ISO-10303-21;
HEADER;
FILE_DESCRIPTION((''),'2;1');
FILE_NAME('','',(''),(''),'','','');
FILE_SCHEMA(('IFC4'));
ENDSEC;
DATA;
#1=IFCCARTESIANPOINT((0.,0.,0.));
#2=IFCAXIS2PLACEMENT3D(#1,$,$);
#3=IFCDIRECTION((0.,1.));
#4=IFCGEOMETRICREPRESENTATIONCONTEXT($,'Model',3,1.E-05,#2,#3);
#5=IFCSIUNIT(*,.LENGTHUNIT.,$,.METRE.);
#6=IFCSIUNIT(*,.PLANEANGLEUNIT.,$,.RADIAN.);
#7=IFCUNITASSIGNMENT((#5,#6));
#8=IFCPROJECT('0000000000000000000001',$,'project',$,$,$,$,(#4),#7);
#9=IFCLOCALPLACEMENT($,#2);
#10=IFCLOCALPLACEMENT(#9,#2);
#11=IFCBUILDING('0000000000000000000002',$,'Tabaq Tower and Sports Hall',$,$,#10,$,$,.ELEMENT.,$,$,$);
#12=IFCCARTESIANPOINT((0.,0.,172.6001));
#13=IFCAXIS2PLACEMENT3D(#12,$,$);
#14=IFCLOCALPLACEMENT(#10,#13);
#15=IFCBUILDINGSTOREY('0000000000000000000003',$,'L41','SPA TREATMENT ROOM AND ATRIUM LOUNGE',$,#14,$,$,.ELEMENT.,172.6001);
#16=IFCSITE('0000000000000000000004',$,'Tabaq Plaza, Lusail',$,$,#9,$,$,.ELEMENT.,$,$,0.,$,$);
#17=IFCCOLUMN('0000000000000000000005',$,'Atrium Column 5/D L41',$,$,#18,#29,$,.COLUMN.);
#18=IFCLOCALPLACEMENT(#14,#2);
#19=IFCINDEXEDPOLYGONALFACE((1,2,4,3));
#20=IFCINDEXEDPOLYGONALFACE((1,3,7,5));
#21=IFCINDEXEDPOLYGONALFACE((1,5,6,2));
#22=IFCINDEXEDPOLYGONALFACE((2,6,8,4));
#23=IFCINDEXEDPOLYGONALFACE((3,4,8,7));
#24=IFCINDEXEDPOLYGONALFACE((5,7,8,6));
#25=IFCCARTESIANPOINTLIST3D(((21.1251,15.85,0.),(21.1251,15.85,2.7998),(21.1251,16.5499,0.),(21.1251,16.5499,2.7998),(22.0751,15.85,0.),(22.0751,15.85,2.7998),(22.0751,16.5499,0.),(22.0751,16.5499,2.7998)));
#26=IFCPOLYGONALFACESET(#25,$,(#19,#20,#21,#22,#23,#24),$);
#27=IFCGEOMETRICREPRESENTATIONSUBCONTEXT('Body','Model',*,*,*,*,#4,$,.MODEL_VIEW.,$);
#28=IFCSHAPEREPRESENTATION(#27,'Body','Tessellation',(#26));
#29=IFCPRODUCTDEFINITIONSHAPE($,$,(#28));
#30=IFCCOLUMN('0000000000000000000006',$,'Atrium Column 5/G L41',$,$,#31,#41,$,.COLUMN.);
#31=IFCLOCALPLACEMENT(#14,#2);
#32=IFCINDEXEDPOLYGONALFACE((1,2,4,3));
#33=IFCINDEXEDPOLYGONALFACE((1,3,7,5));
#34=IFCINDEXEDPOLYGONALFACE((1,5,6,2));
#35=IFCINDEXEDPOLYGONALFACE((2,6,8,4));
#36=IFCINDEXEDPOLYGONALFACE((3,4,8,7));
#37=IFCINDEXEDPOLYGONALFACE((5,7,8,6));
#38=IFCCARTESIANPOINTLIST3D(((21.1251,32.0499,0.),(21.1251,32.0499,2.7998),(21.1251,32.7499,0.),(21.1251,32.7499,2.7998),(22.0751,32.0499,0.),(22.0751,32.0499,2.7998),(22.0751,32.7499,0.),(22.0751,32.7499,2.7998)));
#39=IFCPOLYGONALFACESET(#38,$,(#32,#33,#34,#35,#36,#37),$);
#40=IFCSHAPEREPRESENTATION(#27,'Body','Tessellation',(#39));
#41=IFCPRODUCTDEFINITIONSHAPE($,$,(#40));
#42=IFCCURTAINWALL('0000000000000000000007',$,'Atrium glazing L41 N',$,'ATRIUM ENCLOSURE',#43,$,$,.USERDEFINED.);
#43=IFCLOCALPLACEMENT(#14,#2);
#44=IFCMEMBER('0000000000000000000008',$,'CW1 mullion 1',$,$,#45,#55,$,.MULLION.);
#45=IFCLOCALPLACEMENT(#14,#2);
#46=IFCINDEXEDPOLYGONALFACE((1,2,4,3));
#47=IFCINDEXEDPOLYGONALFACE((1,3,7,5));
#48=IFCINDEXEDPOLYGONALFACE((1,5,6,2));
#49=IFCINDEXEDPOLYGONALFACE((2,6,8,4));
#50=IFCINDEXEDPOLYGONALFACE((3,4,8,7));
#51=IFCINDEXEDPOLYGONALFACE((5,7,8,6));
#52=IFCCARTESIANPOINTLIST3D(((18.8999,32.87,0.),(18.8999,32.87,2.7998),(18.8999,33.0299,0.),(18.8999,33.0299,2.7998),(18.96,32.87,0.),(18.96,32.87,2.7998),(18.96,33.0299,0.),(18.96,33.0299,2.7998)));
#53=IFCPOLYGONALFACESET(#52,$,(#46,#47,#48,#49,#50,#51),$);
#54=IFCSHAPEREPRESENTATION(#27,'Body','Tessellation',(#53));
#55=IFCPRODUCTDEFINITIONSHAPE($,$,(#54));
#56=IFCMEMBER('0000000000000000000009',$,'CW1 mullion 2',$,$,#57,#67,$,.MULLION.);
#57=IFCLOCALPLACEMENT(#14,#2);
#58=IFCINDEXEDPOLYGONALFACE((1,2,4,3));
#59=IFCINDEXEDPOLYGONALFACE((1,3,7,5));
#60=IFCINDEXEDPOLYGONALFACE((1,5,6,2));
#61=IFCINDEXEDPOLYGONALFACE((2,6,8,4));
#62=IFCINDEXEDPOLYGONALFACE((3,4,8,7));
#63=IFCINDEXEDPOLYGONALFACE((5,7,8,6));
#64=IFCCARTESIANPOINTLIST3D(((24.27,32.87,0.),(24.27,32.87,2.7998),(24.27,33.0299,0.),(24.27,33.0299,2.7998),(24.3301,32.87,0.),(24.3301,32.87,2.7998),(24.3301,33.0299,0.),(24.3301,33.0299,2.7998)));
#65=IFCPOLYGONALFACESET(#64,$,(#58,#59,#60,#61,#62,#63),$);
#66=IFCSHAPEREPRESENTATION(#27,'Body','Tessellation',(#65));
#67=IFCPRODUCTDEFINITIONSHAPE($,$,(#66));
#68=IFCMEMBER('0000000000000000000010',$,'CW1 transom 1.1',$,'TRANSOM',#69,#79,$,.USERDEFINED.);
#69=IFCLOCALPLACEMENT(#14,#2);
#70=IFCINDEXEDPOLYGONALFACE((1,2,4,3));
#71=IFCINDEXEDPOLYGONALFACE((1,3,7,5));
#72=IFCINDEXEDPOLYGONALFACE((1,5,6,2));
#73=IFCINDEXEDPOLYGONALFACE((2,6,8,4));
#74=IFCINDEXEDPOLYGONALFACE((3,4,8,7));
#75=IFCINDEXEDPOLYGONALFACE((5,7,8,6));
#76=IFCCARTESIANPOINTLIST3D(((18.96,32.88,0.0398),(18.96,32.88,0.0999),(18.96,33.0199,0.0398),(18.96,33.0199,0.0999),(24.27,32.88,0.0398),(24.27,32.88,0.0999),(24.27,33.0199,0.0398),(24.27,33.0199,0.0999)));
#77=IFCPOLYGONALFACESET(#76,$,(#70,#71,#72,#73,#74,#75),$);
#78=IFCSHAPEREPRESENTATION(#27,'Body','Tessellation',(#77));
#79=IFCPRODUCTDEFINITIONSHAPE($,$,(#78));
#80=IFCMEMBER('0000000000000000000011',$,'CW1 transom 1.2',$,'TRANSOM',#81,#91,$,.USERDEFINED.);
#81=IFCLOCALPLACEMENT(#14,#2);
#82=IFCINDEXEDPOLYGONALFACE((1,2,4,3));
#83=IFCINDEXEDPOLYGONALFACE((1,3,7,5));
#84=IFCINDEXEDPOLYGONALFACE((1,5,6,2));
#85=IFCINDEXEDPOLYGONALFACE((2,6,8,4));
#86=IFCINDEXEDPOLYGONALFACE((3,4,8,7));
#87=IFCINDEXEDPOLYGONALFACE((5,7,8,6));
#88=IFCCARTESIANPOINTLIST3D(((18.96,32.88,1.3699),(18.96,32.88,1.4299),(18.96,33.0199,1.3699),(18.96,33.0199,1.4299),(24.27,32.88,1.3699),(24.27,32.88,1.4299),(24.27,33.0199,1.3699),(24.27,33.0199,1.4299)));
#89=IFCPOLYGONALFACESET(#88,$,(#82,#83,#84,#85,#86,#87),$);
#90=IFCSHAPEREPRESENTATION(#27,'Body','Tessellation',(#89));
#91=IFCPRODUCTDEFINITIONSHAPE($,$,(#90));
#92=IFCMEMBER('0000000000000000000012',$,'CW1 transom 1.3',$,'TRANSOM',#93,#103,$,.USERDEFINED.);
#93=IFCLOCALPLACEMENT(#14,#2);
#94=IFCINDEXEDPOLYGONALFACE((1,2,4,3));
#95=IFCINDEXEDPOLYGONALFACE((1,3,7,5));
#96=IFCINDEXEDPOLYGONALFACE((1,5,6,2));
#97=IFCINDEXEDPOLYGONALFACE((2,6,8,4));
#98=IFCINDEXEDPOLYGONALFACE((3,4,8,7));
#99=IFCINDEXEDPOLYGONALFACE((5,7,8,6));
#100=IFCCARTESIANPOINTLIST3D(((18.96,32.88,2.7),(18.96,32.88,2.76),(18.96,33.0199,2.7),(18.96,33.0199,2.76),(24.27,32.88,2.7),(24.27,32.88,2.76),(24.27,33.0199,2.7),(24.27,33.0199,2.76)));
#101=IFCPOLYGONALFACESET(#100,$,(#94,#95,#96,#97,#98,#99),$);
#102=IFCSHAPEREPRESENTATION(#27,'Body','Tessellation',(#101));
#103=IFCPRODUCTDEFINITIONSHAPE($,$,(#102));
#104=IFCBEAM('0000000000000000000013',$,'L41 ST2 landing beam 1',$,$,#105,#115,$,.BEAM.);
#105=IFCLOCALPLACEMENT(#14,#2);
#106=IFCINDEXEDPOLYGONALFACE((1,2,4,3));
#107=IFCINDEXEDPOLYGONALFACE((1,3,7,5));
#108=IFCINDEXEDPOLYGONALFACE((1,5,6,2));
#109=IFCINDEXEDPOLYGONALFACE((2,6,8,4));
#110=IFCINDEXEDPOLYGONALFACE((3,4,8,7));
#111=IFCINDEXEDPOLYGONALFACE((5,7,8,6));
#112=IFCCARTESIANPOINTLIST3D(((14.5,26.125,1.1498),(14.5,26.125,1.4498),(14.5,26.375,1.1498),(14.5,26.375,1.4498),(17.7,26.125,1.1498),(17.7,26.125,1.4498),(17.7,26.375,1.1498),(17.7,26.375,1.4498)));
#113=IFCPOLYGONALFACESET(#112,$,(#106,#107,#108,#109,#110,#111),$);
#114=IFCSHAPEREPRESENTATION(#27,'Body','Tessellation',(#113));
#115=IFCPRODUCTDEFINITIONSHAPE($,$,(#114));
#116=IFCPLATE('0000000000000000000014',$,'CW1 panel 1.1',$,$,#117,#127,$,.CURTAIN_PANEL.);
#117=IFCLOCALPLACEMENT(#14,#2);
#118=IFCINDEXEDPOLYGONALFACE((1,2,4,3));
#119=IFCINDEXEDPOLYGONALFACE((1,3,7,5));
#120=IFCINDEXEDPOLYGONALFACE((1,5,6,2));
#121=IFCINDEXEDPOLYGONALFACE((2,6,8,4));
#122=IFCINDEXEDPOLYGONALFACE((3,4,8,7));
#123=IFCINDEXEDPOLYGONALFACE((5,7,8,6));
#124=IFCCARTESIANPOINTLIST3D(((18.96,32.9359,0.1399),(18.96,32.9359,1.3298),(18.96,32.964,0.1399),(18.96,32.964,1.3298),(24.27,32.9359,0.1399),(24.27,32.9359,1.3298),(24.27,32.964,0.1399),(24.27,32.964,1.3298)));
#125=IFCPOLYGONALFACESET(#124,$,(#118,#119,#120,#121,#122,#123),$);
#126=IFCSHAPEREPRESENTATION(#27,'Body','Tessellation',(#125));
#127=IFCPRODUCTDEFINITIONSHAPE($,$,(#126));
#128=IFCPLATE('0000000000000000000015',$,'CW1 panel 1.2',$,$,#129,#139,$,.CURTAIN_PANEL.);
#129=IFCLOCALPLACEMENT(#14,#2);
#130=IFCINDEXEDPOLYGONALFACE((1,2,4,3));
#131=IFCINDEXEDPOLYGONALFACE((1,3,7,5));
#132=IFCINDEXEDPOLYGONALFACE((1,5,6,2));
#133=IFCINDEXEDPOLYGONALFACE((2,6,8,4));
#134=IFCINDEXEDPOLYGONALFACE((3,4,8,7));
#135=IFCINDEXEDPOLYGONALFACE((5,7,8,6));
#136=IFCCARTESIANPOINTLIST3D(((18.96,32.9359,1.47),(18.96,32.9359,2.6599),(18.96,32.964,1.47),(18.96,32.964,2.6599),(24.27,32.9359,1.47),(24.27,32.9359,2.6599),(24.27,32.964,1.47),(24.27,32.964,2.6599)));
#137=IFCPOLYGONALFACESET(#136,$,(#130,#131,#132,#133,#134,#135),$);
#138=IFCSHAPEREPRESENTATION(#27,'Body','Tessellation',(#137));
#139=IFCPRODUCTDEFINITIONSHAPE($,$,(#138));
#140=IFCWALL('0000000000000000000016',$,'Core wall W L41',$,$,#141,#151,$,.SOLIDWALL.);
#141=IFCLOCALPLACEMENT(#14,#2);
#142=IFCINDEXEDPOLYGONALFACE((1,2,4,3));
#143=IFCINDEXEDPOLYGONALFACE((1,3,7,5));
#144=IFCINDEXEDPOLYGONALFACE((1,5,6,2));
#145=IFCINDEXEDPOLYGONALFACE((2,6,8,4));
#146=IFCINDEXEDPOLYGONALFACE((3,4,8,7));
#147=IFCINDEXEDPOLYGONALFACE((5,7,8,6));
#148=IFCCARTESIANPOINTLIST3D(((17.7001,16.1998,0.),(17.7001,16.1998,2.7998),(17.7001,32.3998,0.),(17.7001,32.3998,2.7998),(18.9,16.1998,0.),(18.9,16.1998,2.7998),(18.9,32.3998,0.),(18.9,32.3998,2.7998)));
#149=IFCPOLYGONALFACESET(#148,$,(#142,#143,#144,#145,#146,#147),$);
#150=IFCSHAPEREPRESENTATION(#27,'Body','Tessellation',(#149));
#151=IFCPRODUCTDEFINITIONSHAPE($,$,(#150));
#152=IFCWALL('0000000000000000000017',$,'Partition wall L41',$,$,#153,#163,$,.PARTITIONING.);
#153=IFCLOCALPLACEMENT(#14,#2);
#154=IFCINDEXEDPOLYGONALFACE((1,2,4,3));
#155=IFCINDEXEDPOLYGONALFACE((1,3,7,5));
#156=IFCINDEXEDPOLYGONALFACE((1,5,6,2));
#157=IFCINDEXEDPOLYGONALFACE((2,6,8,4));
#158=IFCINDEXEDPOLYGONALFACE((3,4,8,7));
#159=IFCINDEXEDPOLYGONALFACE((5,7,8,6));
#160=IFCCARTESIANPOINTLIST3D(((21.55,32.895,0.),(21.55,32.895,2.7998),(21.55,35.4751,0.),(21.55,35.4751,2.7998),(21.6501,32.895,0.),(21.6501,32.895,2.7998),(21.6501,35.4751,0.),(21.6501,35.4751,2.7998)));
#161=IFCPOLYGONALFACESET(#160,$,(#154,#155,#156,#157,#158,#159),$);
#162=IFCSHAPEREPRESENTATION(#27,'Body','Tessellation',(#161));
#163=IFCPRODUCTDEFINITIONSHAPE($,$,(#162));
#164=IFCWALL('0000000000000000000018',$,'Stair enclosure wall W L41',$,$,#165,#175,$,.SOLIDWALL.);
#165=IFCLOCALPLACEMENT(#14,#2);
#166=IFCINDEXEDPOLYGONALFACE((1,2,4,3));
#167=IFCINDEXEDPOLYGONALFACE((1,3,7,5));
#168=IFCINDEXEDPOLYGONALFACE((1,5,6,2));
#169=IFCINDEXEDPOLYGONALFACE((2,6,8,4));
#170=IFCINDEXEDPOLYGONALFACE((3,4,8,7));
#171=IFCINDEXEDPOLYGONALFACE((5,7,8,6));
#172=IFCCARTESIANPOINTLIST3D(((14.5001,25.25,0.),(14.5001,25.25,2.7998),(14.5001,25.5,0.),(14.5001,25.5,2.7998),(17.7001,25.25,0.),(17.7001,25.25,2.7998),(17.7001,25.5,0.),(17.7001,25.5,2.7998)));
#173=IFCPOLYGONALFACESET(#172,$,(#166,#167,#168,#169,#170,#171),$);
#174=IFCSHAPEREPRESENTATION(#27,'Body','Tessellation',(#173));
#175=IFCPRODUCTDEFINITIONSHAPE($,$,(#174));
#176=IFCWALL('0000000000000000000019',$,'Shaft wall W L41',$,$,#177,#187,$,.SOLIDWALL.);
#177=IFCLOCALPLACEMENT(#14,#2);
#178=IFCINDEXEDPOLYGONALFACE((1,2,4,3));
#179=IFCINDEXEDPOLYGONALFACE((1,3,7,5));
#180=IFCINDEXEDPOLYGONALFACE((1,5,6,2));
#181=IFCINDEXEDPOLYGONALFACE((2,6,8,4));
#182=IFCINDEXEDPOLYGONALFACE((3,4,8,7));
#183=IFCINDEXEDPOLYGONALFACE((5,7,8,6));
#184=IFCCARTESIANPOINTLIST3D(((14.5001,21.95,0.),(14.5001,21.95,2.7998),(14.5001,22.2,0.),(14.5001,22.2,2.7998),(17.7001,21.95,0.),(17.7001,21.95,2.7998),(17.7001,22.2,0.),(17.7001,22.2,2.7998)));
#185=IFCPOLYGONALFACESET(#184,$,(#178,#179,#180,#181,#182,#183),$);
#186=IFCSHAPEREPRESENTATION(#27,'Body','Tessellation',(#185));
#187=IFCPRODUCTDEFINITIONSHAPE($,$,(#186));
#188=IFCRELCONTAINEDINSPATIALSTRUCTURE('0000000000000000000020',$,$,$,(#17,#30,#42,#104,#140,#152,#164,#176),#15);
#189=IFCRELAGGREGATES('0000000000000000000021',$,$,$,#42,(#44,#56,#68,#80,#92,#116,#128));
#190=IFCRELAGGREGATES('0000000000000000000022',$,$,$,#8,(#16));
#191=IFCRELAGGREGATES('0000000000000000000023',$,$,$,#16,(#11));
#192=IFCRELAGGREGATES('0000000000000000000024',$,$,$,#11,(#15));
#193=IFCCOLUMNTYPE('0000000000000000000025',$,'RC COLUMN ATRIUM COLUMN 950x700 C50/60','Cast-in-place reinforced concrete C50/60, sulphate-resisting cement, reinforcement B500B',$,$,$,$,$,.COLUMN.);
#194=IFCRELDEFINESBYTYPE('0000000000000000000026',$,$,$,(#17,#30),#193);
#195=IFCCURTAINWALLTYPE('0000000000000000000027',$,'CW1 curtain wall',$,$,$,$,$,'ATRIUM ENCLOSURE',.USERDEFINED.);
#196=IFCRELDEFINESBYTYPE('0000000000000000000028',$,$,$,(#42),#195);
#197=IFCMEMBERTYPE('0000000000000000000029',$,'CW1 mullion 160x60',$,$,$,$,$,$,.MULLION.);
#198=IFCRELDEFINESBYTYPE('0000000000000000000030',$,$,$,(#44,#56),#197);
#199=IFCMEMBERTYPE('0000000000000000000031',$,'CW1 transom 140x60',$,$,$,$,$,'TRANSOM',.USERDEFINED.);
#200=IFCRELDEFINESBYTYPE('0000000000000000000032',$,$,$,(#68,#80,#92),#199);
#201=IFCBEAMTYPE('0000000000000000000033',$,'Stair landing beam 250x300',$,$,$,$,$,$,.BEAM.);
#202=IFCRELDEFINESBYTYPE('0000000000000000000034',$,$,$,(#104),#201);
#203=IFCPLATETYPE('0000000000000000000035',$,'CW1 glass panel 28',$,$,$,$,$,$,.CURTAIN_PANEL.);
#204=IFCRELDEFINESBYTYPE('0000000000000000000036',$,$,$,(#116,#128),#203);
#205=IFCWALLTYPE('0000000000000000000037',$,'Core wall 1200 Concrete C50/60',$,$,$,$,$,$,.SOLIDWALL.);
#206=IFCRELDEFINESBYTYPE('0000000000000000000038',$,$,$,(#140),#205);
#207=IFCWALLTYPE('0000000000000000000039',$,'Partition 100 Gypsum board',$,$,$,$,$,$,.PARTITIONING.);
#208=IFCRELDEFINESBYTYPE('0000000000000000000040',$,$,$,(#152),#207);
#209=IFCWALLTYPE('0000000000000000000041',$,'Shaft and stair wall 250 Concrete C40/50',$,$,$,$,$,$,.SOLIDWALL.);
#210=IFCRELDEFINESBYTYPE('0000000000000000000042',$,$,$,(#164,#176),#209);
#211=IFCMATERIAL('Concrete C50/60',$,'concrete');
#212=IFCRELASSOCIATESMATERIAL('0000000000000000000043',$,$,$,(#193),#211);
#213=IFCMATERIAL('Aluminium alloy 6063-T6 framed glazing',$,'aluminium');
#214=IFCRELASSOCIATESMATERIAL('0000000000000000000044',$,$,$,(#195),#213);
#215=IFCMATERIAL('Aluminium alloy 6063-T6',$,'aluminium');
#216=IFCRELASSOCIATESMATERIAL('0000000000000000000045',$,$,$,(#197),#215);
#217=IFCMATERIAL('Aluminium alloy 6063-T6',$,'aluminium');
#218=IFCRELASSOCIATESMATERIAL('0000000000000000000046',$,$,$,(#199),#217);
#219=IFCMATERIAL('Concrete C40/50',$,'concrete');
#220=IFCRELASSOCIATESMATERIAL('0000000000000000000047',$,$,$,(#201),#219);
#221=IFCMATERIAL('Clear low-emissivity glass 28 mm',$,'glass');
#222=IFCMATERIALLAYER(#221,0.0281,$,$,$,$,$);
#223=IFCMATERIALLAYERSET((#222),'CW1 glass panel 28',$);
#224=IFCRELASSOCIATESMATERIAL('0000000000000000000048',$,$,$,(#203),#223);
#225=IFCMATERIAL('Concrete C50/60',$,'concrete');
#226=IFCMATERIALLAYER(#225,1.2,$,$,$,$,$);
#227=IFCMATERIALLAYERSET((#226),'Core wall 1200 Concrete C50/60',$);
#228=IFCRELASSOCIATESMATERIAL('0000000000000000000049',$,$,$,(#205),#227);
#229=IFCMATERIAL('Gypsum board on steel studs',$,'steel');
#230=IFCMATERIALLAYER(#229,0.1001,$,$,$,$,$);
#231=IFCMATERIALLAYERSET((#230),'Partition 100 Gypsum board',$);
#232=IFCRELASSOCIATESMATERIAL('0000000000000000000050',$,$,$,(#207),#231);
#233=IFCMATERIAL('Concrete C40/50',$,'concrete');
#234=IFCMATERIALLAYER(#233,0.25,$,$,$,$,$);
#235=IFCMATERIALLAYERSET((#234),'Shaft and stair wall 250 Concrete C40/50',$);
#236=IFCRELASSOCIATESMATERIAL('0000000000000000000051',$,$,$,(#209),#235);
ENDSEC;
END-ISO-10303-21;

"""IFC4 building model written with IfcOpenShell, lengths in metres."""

from ifc_helpers import new_model, si_unit, direction, frame, frame_2d, origin, origin_2d, place, context, subcontext, project, spatial, rectangle, extrude, material, layer, layer_set, material_profile, profile_set, type_object, element, aggregate, save


model = new_model("IFC4")

# Units and contexts
model_context = context("Model", 3, precision=1e-05, world=origin(), true_north=direction((0.0, 1.0)))
body_context = subcontext(model_context, "Body", "Model", "MODEL_VIEW")
ifc_project = project(units=[si_unit("LENGTHUNIT", "METRE"), si_unit("PLANEANGLEUNIT", "RADIAN")], contexts=[model_context])

# Site, building, storey
site_placement = place(None, origin())
site = spatial("IfcSite", under=ifc_project, at=site_placement, Name="Tabaq Plaza, Lusail", CompositionType="ELEMENT", RefElevation=0.0)
building_placement = place(site_placement, origin())
building = spatial("IfcBuilding", under=site, at=building_placement, Name="Tabaq Tower and Sports Hall", CompositionType="ELEMENT")
storey_placement = place(building_placement, frame((0.0, 0.0, 172.6001)))
storey = spatial("IfcBuildingStorey", under=building, at=storey_placement, Name="L41", Description="SPA TREATMENT ROOM AND ATRIUM LOUNGE", CompositionType="ELEMENT", Elevation=172.6001)

# Columns
ifc_material_1 = material(Name="Concrete C50/60", Category="concrete")
ifc_material_profile_1 = material_profile(ifc_material_1, rectangle(XDim=0.95, YDim=0.7, at=origin_2d()), Name="ATRIUM COLUMN 950x700")
ifc_profile_set_1 = profile_set([ifc_material_profile_1], Name="Concrete C50/60")
column_type = type_object("IfcColumnType", Name="RC COLUMN ATRIUM COLUMN 950x700 C50/60", Description="Cast-in-place reinforced concrete C50/60, sulphate-resisting cement, reinforcement B500B", PredefinedType="COLUMN", material=ifc_profile_set_1)
for number, where, z_axis, x_axis, name in (
    (1, (21.6001, 16.2, 0.0), (0.0, 0.0, 1.0), (1.0, 0.0, 0.0), "Atrium Column 5/D L41"),
    (2, (21.6001, 32.3999, 0.0), (0.0, 0.0, 1.0), (1.0, 0.0, 0.0), "Atrium Column 5/G L41"),
):
    element("IfcColumn", number, at=place(storey_placement, frame(where, z_axis=z_axis, x_axis=x_axis)), inside=storey, type_object=column_type, Name=name, PredefinedType="COLUMN", context=body_context, shape_type="SweptSolid", body=[
        extrude(rectangle(XDim=0.95, YDim=0.7, at=origin_2d()), origin(), (0.0, 0.0, 1.0), 2.7998),
    ])

# Curtain wall, members
ifc_material_2 = material(Name="Aluminium alloy 6063-T6 framed glazing", Category="aluminium")
curtain_wall_type = type_object("IfcCurtainWallType", Name="CW1 curtain wall", ElementType="ATRIUM ENCLOSURE", PredefinedType="USERDEFINED", material=ifc_material_2)
curtain_wall_placement = place(storey_placement, origin())
curtain_wall = element("IfcCurtainWall", 3, at=curtain_wall_placement, inside=storey, type_object=curtain_wall_type, Name="Atrium glazing L41 N", ObjectType="ATRIUM ENCLOSURE", PredefinedType="USERDEFINED")
ifc_material_3 = material(Name="Aluminium alloy 6063-T6", Category="aluminium")
ifc_material_profile_2 = material_profile(ifc_material_3, rectangle(XDim=0.1599, YDim=0.0601, at=origin_2d()), Name="MULLION 160x60")
ifc_profile_set_2 = profile_set([ifc_material_profile_2], Name="Aluminium alloy 6063-T6")
member_type_1 = type_object("IfcMemberType", Name="CW1 mullion 160x60", PredefinedType="MULLION", material=ifc_profile_set_2)
member_1_placement = place(storey_placement, frame((18.9299, 32.95, 0.0), z_axis=(0.0, 0.0, 1.0), x_axis=(0.0, 1.0, 0.0)))
member_1 = element("IfcMember", 4, at=member_1_placement, type_object=member_type_1, Name="CW1 mullion 1", PredefinedType="MULLION", context=body_context, shape_type="SweptSolid", body=[
    extrude(rectangle(XDim=0.1599, YDim=0.0601, at=origin_2d()), origin(), (0.0, 0.0, 1.0), 2.7998),
])
member_2_placement = place(storey_placement, frame((24.3, 32.95, 0.0), z_axis=(0.0, 0.0, 1.0), x_axis=(0.0, 1.0, 0.0)))
member_2 = element("IfcMember", 5, at=member_2_placement, type_object=member_type_1, Name="CW1 mullion 2", PredefinedType="MULLION", context=body_context, shape_type="SweptSolid", body=[
    extrude(rectangle(XDim=0.1599, YDim=0.0601, at=origin_2d()), origin(), (0.0, 0.0, 1.0), 2.7998),
])
ifc_material_4 = material(Name="Aluminium alloy 6063-T6", Category="aluminium")
ifc_material_profile_3 = material_profile(ifc_material_4, rectangle(XDim=0.1399, YDim=0.0601, at=origin_2d()), Name="TRANSOM 140x60")
ifc_profile_set_3 = profile_set([ifc_material_profile_3], Name="Aluminium alloy 6063-T6")
member_type_2 = type_object("IfcMemberType", Name="CW1 transom 140x60", ElementType="TRANSOM", PredefinedType="USERDEFINED", material=ifc_profile_set_3)
member_3_placement = place(storey_placement, frame((18.96, 32.95, 0.0698), z_axis=(1.0, 0.0, 0.0), x_axis=(0.0, 1.0, 0.0)))
member_3 = element("IfcMember", 6, at=member_3_placement, type_object=member_type_2, Name="CW1 transom 1.1", ObjectType="TRANSOM", PredefinedType="USERDEFINED", context=body_context, shape_type="SweptSolid", body=[
    extrude(rectangle(XDim=0.1399, YDim=0.0601, at=origin_2d()), origin(), (0.0, 0.0, 1.0), 5.3101),
])
member_4_placement = place(storey_placement, frame((18.96, 32.95, 1.3999), z_axis=(1.0, 0.0, 0.0), x_axis=(0.0, 1.0, 0.0)))
member_4 = element("IfcMember", 7, at=member_4_placement, type_object=member_type_2, Name="CW1 transom 1.2", ObjectType="TRANSOM", PredefinedType="USERDEFINED", context=body_context, shape_type="SweptSolid", body=[
    extrude(rectangle(XDim=0.1399, YDim=0.0601, at=origin_2d()), origin(), (0.0, 0.0, 1.0), 5.3101),
])
member_5_placement = place(storey_placement, frame((18.96, 32.95, 2.73), z_axis=(1.0, 0.0, 0.0), x_axis=(0.0, 1.0, 0.0)))
member_5 = element("IfcMember", 8, at=member_5_placement, type_object=member_type_2, Name="CW1 transom 1.3", ObjectType="TRANSOM", PredefinedType="USERDEFINED", context=body_context, shape_type="SweptSolid", body=[
    extrude(rectangle(XDim=0.1399, YDim=0.0601, at=origin_2d()), origin(), (0.0, 0.0, 1.0), 5.3101),
])

# Beam
ifc_material_5 = material(Name="Concrete C40/50", Category="concrete")
ifc_material_profile_4 = material_profile(ifc_material_5, rectangle(XDim=0.25, YDim=0.3, at=origin_2d()), Name="RC 250x300")
ifc_profile_set_4 = profile_set([ifc_material_profile_4], Name="Concrete C40/50")
beam_type = type_object("IfcBeamType", Name="Stair landing beam 250x300", PredefinedType="BEAM", material=ifc_profile_set_4)
beam_placement = place(storey_placement, frame((14.5, 26.25, 1.2998), z_axis=(1.0, 0.0, 0.0), x_axis=(0.0, 1.0, 0.0)))
element("IfcBeam", 9, at=beam_placement, inside=storey, type_object=beam_type, Name="L41 ST2 landing beam 1", PredefinedType="BEAM", context=body_context, shape_type="SweptSolid", body=[
    extrude(rectangle(XDim=0.25, YDim=0.3, at=origin_2d()), origin(), (0.0, 0.0, 1.0), 3.2),
])

# Plates
ifc_material_6 = material(Name="Clear low-emissivity glass 28 mm", Category="glass")
ifc_layer_1 = layer(ifc_material_6, 0.0281)
ifc_layer_set_1 = layer_set([ifc_layer_1], Name="CW1 glass panel 28")
plate_type = type_object("IfcPlateType", Name="CW1 glass panel 28", PredefinedType="CURTAIN_PANEL", material=ifc_layer_set_1)
plate_1_placement = place(storey_placement, frame((21.615, 32.95, 0.1399), z_axis=(0.0, 0.0, 1.0), x_axis=(1.0, 0.0, 0.0)))
plate_1 = element("IfcPlate", 10, at=plate_1_placement, type_object=plate_type, Name="CW1 panel 1.1", PredefinedType="CURTAIN_PANEL", context=body_context, shape_type="SweptSolid", body=[
    extrude(rectangle(XDim=5.3101, YDim=0.0281, at=origin_2d()), origin(), (0.0, 0.0, 1.0), 1.1899),
])
plate_2_placement = place(storey_placement, frame((21.615, 32.95, 1.47), z_axis=(0.0, 0.0, 1.0), x_axis=(1.0, 0.0, 0.0)))
plate_2 = element("IfcPlate", 11, at=plate_2_placement, type_object=plate_type, Name="CW1 panel 1.2", PredefinedType="CURTAIN_PANEL", context=body_context, shape_type="SweptSolid", body=[
    extrude(rectangle(XDim=5.3101, YDim=0.0281, at=origin_2d()), origin(), (0.0, 0.0, 1.0), 1.1899),
])
aggregate(curtain_wall, [member_1, member_2, member_3, member_4, member_5, plate_1, plate_2])

# Wall
ifc_material_7 = material(Name="Concrete C50/60", Category="concrete")
ifc_layer_2 = layer(ifc_material_7, 1.2)
ifc_layer_set_2 = layer_set([ifc_layer_2], Name="Core wall 1200 Concrete C50/60")
wall_type_1 = type_object("IfcWallType", Name="Core wall 1200 Concrete C50/60", PredefinedType="SOLIDWALL", material=ifc_layer_set_2)
wall_1_placement = place(storey_placement, frame((18.3, 32.3999, 0.0), z_axis=(0.0, 0.0, 1.0), x_axis=(0.0, -1.0, 0.0)))
element("IfcWall", 12, at=wall_1_placement, inside=storey, type_object=wall_type_1, Name="Core wall W L41", PredefinedType="SOLIDWALL", context=body_context, shape_type="SweptSolid", body=[
    extrude(rectangle(XDim=16.2, YDim=1.2, at=frame_2d((8.1001, 0.0))), origin(), (0.0, 0.0, 1.0), 2.7998),
])

# Walls
ifc_material_8 = material(Name="Gypsum board on steel studs", Category="steel")
ifc_layer_3 = layer(ifc_material_8, 0.1001)
ifc_layer_set_3 = layer_set([ifc_layer_3], Name="Partition 100 Gypsum board")
wall_type_2 = type_object("IfcWallType", Name="Partition 100 Gypsum board", PredefinedType="PARTITIONING", material=ifc_layer_set_3)
wall_2_placement = place(storey_placement, frame((21.6001, 32.895, 0.0), z_axis=(0.0, 0.0, 1.0), x_axis=(0.0, 1.0, 0.0)))
element("IfcWall", 13, at=wall_2_placement, inside=storey, type_object=wall_type_2, Name="Partition wall L41", PredefinedType="PARTITIONING", context=body_context, shape_type="SweptSolid", body=[
    extrude(rectangle(XDim=2.5801, YDim=0.1001, at=frame_2d((1.29, 0.0))), origin(), (0.0, 0.0, 1.0), 2.7998),
])
ifc_material_9 = material(Name="Concrete C40/50", Category="concrete")
ifc_layer_4 = layer(ifc_material_9, 0.25)
ifc_layer_set_4 = layer_set([ifc_layer_4], Name="Shaft and stair wall 250 Concrete C40/50")
wall_type_3 = type_object("IfcWallType", Name="Shaft and stair wall 250 Concrete C40/50", PredefinedType="SOLIDWALL", material=ifc_layer_set_4)
for number, where, z_axis, x_axis, name in (
    (14, (14.5, 25.375, 0.0), (0.0, 0.0, 1.0), (1.0, 0.0, 0.0), "Stair enclosure wall W L41"),
    (15, (14.5, 22.075, 0.0), (0.0, 0.0, 1.0), (1.0, 0.0, 0.0), "Shaft wall W L41"),
):
    element("IfcWall", number, at=place(storey_placement, frame(where, z_axis=z_axis, x_axis=x_axis)), inside=storey, type_object=wall_type_3, Name=name, PredefinedType="SOLIDWALL", context=body_context, shape_type="SweptSolid", body=[
        extrude(rectangle(XDim=3.2, YDim=0.25, at=frame_2d((1.6001, 0.0))), origin(), (0.0, 0.0, 1.0), 2.7998),
    ])

save(model, "model.ifc")
